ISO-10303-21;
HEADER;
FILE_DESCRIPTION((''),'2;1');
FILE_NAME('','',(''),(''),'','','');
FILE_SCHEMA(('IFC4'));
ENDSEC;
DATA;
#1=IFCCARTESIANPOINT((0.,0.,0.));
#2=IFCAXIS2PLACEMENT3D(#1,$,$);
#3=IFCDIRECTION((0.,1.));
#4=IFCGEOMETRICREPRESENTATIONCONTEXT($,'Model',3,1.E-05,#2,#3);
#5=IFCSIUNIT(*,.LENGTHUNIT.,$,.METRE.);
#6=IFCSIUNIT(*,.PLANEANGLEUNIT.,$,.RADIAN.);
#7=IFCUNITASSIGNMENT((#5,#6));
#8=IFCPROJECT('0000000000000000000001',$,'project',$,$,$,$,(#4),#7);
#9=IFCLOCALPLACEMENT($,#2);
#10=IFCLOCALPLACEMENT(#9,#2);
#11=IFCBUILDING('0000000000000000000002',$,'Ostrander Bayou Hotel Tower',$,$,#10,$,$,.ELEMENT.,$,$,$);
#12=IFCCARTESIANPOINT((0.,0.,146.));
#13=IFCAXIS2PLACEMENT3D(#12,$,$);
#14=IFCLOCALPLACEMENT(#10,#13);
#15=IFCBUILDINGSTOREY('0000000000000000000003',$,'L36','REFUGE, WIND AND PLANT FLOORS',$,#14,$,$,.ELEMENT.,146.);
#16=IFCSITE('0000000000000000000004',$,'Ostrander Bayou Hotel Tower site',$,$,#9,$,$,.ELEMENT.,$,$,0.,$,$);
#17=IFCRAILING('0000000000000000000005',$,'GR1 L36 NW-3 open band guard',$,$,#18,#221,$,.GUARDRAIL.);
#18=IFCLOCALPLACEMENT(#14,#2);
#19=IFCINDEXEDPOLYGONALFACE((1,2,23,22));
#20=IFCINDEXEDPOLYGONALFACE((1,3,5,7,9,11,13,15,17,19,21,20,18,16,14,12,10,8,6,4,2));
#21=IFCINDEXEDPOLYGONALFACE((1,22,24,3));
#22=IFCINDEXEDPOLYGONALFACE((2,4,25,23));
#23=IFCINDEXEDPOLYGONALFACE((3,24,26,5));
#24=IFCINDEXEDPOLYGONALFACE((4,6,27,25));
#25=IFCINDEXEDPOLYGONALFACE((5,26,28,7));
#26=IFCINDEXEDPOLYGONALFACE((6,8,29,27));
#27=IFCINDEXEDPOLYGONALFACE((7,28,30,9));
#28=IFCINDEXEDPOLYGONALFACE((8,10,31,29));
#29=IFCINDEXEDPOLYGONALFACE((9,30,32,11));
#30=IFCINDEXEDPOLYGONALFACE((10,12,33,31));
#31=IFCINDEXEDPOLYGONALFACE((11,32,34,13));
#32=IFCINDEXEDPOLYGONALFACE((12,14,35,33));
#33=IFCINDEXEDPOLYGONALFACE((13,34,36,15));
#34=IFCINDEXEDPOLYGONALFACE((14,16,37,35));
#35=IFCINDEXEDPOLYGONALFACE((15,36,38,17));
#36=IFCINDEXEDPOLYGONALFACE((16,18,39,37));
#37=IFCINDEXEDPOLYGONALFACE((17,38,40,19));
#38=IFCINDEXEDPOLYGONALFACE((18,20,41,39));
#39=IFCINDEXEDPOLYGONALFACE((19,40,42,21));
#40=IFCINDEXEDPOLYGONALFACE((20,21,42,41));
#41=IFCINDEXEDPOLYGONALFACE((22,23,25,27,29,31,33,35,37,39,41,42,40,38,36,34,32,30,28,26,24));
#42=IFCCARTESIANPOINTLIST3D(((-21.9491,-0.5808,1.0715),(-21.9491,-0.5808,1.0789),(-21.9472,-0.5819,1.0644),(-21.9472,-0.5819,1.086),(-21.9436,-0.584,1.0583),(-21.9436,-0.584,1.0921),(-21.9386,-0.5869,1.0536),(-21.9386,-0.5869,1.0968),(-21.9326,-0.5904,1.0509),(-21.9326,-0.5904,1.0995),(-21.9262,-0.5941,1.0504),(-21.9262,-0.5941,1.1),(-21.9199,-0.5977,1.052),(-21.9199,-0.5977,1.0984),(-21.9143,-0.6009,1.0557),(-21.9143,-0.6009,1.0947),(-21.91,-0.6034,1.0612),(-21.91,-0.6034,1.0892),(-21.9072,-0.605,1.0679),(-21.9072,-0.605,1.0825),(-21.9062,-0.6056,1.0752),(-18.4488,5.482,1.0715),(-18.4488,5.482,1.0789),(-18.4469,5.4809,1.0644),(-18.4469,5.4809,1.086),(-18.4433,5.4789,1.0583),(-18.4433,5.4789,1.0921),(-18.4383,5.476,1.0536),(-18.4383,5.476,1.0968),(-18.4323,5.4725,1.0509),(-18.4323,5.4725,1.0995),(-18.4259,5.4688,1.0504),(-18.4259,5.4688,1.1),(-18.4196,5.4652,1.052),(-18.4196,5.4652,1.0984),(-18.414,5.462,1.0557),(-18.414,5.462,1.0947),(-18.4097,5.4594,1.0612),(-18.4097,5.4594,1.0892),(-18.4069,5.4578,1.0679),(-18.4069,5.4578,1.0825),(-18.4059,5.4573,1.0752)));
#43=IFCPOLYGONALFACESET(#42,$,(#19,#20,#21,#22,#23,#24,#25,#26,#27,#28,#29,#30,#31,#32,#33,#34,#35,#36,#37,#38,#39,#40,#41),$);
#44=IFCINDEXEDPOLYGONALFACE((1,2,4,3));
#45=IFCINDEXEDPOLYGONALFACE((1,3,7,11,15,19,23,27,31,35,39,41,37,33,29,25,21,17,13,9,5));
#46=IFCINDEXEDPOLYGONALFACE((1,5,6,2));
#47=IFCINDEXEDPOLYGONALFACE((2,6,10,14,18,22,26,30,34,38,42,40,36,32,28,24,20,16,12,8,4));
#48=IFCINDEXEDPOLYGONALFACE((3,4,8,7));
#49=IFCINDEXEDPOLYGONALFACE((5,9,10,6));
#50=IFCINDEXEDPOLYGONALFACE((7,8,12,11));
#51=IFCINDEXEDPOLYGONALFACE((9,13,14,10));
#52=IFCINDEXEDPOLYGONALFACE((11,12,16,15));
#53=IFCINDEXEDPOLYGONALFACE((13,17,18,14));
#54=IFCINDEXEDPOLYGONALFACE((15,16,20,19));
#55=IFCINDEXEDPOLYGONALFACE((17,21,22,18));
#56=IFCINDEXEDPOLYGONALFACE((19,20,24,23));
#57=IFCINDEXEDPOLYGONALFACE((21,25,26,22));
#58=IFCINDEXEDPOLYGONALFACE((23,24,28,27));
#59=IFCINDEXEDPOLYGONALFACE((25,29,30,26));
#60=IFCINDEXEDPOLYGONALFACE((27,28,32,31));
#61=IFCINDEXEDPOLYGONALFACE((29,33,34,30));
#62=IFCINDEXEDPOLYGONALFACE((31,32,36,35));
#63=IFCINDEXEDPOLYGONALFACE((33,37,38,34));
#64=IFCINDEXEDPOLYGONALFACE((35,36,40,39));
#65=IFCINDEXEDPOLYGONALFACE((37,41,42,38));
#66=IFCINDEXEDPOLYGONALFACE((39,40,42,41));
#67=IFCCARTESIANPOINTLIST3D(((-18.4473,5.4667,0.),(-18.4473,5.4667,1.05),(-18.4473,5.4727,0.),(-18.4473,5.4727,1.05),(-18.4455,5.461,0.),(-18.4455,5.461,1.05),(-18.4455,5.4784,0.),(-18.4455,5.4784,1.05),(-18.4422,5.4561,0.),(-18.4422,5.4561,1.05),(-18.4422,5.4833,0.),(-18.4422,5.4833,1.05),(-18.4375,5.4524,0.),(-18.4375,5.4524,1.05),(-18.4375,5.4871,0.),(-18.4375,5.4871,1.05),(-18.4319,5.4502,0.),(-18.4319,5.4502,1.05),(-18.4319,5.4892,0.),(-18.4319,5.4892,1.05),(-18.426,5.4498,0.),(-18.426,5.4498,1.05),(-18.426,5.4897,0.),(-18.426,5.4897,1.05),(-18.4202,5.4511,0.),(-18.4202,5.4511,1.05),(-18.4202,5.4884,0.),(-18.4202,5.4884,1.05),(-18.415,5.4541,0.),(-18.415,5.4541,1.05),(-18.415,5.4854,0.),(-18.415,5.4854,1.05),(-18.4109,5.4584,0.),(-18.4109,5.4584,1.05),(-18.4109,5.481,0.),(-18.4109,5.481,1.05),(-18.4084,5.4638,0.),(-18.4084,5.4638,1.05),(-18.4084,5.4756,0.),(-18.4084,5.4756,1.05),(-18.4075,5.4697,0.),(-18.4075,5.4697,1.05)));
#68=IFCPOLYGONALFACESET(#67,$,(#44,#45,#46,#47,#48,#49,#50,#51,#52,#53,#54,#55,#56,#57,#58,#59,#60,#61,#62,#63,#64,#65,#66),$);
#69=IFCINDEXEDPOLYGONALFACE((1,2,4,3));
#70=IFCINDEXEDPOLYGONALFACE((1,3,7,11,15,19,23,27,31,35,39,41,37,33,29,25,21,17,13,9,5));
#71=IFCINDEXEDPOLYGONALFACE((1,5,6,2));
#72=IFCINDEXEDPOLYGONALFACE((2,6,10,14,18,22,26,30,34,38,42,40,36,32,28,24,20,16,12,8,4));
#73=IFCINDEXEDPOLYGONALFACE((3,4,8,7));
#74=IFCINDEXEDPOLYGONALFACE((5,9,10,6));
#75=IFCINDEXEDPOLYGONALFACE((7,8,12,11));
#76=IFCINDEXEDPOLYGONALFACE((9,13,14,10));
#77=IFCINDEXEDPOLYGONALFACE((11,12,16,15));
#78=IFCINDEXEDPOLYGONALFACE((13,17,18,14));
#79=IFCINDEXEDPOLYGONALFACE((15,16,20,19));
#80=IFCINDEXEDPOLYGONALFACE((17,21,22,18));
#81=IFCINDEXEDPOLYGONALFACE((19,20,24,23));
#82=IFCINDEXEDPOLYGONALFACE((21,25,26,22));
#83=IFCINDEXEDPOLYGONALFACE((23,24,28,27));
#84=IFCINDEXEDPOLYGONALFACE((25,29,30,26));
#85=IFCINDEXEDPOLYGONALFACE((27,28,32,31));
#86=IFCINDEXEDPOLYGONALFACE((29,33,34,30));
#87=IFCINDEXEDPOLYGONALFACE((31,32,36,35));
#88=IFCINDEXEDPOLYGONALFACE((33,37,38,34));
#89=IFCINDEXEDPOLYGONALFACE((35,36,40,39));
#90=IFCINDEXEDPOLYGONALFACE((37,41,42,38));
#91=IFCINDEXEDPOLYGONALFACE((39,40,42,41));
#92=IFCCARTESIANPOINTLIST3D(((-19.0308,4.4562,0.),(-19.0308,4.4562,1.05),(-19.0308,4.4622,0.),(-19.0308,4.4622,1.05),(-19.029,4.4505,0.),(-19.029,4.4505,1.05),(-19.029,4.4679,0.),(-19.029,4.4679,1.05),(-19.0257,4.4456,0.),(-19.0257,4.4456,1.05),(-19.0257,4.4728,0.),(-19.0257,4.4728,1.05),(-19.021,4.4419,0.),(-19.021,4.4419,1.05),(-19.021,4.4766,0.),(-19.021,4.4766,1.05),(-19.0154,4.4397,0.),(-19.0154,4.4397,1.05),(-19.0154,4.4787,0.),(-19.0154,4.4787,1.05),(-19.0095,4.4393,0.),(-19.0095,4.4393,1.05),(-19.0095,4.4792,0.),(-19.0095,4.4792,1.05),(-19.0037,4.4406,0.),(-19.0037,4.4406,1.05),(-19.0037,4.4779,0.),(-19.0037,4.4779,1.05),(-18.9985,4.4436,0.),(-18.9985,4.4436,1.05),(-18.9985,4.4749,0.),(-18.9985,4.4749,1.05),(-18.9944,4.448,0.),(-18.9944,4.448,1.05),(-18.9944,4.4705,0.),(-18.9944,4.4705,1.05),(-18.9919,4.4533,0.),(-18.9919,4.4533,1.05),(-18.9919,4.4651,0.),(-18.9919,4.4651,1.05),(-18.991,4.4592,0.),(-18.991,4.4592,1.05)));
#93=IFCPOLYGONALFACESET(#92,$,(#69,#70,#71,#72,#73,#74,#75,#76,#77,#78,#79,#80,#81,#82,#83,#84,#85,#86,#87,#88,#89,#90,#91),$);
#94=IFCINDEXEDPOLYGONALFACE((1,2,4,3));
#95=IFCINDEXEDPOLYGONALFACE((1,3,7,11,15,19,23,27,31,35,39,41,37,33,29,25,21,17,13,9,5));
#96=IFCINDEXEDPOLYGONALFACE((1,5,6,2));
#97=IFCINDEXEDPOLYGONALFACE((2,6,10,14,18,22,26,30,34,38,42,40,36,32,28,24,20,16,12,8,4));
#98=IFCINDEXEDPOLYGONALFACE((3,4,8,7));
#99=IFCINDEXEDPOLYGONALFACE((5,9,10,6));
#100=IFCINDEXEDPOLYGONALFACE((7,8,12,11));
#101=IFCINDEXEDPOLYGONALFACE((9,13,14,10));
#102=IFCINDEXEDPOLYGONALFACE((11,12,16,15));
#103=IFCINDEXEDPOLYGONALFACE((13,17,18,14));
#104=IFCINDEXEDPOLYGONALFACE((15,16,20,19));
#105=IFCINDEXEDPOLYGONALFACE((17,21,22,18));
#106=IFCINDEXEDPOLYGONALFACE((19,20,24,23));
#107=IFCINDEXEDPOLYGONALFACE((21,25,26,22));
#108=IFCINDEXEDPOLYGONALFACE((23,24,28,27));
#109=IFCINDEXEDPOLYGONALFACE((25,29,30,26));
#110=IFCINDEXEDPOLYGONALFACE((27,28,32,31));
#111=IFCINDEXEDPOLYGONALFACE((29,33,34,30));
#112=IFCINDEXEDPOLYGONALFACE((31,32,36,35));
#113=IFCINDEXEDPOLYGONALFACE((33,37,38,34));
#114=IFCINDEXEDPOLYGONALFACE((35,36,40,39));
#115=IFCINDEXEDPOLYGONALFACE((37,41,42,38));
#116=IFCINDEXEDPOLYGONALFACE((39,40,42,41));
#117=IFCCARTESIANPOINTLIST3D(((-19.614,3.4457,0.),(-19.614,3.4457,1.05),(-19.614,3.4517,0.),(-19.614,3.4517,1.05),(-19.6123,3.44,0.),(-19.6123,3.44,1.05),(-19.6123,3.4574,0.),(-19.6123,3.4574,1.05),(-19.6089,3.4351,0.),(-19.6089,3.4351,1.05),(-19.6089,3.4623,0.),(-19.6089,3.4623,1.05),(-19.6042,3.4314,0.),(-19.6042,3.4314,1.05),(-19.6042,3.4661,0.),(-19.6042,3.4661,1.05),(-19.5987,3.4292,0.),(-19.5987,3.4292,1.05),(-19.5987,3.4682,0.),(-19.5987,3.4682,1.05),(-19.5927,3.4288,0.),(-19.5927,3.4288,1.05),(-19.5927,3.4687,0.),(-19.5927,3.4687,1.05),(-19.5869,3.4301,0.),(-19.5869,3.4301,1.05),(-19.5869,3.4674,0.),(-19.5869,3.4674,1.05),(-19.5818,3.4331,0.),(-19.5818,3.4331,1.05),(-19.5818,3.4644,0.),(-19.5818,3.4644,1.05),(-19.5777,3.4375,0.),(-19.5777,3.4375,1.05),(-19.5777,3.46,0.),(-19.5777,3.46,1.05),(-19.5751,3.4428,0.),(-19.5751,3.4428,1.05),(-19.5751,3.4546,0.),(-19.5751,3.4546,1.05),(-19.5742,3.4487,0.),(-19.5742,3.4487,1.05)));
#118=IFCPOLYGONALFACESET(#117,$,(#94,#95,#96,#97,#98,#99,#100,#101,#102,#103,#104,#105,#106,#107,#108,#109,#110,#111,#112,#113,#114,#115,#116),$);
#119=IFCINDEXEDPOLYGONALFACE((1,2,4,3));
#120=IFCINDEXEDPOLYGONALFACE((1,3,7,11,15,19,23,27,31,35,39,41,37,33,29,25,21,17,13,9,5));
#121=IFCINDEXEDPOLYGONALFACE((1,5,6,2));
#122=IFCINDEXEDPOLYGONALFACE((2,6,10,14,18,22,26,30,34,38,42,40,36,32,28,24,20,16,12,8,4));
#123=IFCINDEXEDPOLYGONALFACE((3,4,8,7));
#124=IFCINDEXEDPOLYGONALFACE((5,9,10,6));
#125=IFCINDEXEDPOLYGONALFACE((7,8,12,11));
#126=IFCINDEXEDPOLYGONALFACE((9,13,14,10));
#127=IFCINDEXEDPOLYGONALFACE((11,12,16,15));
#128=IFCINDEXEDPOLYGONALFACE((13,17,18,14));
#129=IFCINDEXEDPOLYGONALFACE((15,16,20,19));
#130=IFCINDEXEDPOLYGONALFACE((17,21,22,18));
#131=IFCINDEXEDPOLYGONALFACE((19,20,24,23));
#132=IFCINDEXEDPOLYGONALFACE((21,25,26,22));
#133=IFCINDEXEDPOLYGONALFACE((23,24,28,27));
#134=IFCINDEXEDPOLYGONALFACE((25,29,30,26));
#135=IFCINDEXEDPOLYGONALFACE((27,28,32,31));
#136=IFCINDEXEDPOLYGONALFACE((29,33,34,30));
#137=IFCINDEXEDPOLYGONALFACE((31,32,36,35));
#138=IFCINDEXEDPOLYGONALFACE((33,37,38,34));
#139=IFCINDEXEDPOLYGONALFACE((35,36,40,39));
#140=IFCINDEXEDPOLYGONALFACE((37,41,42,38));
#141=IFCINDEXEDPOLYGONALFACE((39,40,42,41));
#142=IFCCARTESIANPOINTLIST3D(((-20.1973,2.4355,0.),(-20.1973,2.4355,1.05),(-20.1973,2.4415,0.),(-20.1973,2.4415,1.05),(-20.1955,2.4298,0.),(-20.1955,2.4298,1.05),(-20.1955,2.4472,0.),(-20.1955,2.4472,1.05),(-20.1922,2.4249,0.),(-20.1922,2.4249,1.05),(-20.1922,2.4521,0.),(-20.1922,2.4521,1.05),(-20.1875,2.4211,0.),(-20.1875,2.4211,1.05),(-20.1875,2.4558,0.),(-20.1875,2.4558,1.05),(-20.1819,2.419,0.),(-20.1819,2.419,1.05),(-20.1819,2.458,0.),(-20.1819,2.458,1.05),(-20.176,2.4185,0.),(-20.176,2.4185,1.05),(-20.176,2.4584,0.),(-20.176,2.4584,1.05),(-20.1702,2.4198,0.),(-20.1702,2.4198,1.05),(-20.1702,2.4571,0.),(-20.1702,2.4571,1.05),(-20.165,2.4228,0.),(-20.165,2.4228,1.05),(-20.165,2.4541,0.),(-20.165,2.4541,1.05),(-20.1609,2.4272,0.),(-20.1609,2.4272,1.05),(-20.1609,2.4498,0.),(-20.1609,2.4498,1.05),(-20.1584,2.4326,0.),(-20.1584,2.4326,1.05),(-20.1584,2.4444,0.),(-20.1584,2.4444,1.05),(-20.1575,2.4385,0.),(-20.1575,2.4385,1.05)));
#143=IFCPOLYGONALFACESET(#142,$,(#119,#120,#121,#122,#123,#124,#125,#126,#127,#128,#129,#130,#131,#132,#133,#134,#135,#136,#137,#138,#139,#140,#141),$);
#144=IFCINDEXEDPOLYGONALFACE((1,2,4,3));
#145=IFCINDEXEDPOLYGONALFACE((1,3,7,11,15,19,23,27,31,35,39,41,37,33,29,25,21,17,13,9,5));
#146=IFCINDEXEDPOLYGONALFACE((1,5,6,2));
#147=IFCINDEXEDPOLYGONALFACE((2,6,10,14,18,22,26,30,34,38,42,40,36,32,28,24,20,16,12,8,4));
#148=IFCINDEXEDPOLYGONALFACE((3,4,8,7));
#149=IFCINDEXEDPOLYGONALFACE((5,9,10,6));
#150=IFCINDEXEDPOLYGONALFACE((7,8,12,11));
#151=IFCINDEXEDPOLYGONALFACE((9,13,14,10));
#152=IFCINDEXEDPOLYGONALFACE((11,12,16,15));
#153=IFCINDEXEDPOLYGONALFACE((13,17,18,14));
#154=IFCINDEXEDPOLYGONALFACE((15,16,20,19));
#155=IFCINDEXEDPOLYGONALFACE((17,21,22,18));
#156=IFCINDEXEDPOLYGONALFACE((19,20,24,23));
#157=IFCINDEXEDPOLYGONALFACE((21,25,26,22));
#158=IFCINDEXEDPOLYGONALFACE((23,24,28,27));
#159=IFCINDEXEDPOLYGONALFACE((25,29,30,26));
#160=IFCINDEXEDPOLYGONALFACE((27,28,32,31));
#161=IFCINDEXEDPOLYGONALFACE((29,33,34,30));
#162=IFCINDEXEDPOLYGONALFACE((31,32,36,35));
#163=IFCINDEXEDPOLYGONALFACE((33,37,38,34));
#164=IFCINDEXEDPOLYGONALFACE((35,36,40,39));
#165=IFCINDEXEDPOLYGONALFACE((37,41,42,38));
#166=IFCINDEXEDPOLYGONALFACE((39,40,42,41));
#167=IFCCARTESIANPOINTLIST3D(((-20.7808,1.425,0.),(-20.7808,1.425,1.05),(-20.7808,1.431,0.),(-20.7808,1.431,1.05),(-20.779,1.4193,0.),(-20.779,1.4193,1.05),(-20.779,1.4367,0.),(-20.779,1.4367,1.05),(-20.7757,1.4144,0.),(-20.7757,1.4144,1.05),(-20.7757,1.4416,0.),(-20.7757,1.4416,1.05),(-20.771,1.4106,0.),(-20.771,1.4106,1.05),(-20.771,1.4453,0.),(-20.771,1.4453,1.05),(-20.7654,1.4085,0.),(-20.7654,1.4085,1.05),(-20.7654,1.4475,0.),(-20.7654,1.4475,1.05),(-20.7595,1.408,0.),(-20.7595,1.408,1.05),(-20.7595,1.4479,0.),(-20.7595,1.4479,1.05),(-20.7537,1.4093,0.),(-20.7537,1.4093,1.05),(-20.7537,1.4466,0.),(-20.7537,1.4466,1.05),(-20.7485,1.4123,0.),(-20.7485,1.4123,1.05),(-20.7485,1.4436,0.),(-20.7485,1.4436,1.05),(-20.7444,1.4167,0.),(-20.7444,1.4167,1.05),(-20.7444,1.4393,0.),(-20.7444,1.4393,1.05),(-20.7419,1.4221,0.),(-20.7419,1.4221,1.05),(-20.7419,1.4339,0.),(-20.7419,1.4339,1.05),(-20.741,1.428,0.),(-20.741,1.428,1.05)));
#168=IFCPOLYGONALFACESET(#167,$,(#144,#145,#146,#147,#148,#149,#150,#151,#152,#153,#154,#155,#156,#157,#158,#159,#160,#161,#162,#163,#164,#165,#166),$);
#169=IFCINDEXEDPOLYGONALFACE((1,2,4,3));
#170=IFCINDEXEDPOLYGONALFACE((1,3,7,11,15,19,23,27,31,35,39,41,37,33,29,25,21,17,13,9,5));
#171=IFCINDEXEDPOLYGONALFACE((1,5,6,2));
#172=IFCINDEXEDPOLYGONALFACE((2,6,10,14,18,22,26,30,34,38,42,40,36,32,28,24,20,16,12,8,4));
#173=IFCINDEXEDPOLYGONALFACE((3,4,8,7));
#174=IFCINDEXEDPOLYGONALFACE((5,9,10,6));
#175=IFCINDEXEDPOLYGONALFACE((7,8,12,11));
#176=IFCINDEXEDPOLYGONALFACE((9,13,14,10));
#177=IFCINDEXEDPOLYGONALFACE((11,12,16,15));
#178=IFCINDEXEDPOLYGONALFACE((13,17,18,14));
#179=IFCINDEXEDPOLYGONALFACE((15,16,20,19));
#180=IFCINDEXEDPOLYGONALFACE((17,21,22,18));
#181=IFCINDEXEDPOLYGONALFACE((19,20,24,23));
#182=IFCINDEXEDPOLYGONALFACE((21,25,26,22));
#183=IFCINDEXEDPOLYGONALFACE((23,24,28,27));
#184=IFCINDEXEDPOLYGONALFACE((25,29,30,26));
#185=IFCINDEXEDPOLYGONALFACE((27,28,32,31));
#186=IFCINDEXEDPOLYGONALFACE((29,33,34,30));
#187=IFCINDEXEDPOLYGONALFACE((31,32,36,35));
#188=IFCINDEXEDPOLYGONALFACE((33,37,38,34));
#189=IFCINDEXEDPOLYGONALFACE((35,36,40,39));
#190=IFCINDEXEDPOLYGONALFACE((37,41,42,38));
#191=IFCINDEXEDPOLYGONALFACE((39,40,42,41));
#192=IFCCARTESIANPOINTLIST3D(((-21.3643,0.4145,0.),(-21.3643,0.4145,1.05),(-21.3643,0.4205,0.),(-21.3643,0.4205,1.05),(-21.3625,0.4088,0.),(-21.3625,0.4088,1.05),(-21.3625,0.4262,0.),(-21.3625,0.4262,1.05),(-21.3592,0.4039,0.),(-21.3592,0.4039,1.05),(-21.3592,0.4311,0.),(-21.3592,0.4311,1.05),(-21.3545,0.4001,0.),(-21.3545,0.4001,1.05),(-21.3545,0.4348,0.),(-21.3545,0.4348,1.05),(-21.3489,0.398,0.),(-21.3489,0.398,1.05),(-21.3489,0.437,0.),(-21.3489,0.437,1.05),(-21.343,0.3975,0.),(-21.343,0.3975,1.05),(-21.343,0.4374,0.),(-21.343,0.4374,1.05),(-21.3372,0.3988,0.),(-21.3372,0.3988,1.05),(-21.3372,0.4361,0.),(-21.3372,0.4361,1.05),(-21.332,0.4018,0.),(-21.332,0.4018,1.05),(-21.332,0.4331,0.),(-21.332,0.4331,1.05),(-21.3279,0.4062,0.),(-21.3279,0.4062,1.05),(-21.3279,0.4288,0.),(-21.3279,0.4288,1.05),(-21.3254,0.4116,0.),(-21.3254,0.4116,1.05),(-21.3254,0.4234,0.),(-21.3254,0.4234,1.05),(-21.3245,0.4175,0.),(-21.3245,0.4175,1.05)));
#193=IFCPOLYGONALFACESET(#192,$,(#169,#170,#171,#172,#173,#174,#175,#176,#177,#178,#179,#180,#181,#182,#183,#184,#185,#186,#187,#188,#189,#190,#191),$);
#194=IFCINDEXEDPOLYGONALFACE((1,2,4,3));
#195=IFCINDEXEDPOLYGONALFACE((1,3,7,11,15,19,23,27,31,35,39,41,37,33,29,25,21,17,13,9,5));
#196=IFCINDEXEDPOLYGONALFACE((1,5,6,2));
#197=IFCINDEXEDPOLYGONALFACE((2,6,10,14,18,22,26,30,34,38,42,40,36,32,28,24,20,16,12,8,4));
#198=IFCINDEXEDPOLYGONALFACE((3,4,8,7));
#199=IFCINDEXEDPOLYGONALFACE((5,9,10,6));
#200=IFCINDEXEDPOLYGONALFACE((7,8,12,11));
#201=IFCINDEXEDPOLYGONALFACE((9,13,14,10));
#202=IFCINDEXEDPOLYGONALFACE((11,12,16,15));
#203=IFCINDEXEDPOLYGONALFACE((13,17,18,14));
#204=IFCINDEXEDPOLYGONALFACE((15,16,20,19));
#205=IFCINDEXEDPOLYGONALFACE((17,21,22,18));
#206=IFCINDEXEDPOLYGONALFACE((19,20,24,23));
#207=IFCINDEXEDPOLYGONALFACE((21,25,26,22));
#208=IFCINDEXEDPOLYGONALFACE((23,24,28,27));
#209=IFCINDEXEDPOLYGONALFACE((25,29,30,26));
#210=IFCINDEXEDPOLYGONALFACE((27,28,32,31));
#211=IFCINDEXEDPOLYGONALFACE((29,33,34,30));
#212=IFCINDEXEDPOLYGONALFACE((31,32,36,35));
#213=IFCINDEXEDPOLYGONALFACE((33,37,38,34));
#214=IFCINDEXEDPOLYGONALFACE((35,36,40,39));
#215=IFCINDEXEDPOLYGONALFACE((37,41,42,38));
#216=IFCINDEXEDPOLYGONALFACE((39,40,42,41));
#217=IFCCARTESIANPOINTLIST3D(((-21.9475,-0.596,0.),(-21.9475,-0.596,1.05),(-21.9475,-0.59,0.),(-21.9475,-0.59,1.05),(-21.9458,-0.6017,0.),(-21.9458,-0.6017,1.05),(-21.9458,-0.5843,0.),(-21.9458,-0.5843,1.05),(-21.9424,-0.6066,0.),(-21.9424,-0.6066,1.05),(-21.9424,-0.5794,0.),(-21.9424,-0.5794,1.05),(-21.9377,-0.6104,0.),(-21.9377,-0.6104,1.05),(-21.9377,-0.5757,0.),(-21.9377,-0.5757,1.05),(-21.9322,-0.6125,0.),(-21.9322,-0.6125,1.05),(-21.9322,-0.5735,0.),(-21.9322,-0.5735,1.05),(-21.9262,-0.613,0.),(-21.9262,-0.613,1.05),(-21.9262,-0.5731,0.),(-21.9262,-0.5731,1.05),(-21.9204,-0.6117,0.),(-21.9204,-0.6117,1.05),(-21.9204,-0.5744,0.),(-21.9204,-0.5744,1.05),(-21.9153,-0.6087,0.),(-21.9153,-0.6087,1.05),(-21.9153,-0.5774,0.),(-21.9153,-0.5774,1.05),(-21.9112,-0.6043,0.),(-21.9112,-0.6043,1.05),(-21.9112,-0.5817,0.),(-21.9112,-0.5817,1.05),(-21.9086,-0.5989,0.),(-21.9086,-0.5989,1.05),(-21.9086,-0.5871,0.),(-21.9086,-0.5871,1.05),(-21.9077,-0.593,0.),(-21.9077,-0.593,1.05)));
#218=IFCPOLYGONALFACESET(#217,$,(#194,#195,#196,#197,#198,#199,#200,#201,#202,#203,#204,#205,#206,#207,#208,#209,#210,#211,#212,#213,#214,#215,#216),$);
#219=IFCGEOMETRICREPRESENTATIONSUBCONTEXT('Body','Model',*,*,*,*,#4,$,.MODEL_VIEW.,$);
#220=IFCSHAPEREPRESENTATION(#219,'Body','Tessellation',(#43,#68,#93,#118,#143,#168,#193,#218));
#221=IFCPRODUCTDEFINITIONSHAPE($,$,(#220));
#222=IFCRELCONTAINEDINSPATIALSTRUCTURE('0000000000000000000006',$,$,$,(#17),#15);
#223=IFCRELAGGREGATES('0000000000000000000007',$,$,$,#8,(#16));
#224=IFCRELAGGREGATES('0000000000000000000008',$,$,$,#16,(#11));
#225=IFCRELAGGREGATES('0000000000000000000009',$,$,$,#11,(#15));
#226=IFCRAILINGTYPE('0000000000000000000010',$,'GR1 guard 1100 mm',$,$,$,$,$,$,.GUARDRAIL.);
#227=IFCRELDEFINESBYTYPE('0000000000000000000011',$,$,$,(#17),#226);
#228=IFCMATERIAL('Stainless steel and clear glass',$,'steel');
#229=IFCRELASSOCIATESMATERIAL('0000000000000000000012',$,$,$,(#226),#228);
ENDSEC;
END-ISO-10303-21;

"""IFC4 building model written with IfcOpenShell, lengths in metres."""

from ifc_helpers import new_model, si_unit, direction, frame, origin, origin_2d, place, context, subcontext, project, spatial, circle, extrude, material, type_object, element, save


model = new_model("IFC4")

# Units and contexts
model_context = context("Model", 3, precision=1e-05, world=origin(), true_north=direction((0.0, 1.0)))
body_context = subcontext(model_context, "Body", "Model", "MODEL_VIEW")
ifc_project = project(units=[si_unit("LENGTHUNIT", "METRE"), si_unit("PLANEANGLEUNIT", "RADIAN")], contexts=[model_context])

# Site, building, storey
site_placement = place(None, origin())
site = spatial("IfcSite", under=ifc_project, at=site_placement, Name="Ostrander Bayou Hotel Tower site", CompositionType="ELEMENT", RefElevation=0.0)
building_placement = place(site_placement, origin())
building = spatial("IfcBuilding", under=site, at=building_placement, Name="Ostrander Bayou Hotel Tower", CompositionType="ELEMENT")
storey_placement = place(building_placement, frame((0.0, 0.0, 146.0)))
storey = spatial("IfcBuildingStorey", under=building, at=storey_placement, Name="L36", Description="REFUGE, WIND AND PLANT FLOORS", CompositionType="ELEMENT", Elevation=146.0)

# Railing
ifc_material_1 = material(Name="Stainless steel and clear glass", Category="steel")
railing_type = type_object("IfcRailingType", Name="GR1 guard 1100 mm", PredefinedType="GUARDRAIL", material=ifc_material_1)
railing_placement = place(storey_placement, frame((-18.4275, 5.4697, 0.0)))
element("IfcRailing", 1, at=railing_placement, inside=storey, type_object=railing_type, Name="GR1 L36 NW-3 open band guard", PredefinedType="GUARDRAIL", context=body_context, shape_type="SweptSolid", body=[
    extrude(circle(Radius=0.0249, at=origin_2d()), frame((0.0, 0.0, 1.0752), z_axis=(-0.499991, -0.866031, 0.0), x_axis=(0.866031, -0.499991, 0.0)), (0.0, 0.0, 1.0), 7.0007),
    extrude(circle(Radius=0.02, at=origin_2d()), origin(), (0.0, 0.0, 1.0), 1.05),
    extrude(circle(Radius=0.02, at=origin_2d()), frame((-0.5835, -1.0105, 0.0)), (0.0, 0.0, 1.0), 1.05),
    extrude(circle(Radius=0.02, at=origin_2d()), frame((-1.1667, -2.021, 0.0)), (0.0, 0.0, 1.0), 1.05),
    extrude(circle(Radius=0.02, at=origin_2d()), frame((-1.75, -3.0312, 0.0)), (0.0, 0.0, 1.0), 1.05),
    extrude(circle(Radius=0.02, at=origin_2d()), frame((-2.3335, -4.0417, 0.0)), (0.0, 0.0, 1.0), 1.05),
    extrude(circle(Radius=0.02, at=origin_2d()), frame((-2.917, -5.0522, 0.0)), (0.0, 0.0, 1.0), 1.05),
    extrude(circle(Radius=0.02, at=origin_2d()), frame((-3.5002, -6.0627, 0.0)), (0.0, 0.0, 1.0), 1.05),
])

save(model, "model.ifc")
